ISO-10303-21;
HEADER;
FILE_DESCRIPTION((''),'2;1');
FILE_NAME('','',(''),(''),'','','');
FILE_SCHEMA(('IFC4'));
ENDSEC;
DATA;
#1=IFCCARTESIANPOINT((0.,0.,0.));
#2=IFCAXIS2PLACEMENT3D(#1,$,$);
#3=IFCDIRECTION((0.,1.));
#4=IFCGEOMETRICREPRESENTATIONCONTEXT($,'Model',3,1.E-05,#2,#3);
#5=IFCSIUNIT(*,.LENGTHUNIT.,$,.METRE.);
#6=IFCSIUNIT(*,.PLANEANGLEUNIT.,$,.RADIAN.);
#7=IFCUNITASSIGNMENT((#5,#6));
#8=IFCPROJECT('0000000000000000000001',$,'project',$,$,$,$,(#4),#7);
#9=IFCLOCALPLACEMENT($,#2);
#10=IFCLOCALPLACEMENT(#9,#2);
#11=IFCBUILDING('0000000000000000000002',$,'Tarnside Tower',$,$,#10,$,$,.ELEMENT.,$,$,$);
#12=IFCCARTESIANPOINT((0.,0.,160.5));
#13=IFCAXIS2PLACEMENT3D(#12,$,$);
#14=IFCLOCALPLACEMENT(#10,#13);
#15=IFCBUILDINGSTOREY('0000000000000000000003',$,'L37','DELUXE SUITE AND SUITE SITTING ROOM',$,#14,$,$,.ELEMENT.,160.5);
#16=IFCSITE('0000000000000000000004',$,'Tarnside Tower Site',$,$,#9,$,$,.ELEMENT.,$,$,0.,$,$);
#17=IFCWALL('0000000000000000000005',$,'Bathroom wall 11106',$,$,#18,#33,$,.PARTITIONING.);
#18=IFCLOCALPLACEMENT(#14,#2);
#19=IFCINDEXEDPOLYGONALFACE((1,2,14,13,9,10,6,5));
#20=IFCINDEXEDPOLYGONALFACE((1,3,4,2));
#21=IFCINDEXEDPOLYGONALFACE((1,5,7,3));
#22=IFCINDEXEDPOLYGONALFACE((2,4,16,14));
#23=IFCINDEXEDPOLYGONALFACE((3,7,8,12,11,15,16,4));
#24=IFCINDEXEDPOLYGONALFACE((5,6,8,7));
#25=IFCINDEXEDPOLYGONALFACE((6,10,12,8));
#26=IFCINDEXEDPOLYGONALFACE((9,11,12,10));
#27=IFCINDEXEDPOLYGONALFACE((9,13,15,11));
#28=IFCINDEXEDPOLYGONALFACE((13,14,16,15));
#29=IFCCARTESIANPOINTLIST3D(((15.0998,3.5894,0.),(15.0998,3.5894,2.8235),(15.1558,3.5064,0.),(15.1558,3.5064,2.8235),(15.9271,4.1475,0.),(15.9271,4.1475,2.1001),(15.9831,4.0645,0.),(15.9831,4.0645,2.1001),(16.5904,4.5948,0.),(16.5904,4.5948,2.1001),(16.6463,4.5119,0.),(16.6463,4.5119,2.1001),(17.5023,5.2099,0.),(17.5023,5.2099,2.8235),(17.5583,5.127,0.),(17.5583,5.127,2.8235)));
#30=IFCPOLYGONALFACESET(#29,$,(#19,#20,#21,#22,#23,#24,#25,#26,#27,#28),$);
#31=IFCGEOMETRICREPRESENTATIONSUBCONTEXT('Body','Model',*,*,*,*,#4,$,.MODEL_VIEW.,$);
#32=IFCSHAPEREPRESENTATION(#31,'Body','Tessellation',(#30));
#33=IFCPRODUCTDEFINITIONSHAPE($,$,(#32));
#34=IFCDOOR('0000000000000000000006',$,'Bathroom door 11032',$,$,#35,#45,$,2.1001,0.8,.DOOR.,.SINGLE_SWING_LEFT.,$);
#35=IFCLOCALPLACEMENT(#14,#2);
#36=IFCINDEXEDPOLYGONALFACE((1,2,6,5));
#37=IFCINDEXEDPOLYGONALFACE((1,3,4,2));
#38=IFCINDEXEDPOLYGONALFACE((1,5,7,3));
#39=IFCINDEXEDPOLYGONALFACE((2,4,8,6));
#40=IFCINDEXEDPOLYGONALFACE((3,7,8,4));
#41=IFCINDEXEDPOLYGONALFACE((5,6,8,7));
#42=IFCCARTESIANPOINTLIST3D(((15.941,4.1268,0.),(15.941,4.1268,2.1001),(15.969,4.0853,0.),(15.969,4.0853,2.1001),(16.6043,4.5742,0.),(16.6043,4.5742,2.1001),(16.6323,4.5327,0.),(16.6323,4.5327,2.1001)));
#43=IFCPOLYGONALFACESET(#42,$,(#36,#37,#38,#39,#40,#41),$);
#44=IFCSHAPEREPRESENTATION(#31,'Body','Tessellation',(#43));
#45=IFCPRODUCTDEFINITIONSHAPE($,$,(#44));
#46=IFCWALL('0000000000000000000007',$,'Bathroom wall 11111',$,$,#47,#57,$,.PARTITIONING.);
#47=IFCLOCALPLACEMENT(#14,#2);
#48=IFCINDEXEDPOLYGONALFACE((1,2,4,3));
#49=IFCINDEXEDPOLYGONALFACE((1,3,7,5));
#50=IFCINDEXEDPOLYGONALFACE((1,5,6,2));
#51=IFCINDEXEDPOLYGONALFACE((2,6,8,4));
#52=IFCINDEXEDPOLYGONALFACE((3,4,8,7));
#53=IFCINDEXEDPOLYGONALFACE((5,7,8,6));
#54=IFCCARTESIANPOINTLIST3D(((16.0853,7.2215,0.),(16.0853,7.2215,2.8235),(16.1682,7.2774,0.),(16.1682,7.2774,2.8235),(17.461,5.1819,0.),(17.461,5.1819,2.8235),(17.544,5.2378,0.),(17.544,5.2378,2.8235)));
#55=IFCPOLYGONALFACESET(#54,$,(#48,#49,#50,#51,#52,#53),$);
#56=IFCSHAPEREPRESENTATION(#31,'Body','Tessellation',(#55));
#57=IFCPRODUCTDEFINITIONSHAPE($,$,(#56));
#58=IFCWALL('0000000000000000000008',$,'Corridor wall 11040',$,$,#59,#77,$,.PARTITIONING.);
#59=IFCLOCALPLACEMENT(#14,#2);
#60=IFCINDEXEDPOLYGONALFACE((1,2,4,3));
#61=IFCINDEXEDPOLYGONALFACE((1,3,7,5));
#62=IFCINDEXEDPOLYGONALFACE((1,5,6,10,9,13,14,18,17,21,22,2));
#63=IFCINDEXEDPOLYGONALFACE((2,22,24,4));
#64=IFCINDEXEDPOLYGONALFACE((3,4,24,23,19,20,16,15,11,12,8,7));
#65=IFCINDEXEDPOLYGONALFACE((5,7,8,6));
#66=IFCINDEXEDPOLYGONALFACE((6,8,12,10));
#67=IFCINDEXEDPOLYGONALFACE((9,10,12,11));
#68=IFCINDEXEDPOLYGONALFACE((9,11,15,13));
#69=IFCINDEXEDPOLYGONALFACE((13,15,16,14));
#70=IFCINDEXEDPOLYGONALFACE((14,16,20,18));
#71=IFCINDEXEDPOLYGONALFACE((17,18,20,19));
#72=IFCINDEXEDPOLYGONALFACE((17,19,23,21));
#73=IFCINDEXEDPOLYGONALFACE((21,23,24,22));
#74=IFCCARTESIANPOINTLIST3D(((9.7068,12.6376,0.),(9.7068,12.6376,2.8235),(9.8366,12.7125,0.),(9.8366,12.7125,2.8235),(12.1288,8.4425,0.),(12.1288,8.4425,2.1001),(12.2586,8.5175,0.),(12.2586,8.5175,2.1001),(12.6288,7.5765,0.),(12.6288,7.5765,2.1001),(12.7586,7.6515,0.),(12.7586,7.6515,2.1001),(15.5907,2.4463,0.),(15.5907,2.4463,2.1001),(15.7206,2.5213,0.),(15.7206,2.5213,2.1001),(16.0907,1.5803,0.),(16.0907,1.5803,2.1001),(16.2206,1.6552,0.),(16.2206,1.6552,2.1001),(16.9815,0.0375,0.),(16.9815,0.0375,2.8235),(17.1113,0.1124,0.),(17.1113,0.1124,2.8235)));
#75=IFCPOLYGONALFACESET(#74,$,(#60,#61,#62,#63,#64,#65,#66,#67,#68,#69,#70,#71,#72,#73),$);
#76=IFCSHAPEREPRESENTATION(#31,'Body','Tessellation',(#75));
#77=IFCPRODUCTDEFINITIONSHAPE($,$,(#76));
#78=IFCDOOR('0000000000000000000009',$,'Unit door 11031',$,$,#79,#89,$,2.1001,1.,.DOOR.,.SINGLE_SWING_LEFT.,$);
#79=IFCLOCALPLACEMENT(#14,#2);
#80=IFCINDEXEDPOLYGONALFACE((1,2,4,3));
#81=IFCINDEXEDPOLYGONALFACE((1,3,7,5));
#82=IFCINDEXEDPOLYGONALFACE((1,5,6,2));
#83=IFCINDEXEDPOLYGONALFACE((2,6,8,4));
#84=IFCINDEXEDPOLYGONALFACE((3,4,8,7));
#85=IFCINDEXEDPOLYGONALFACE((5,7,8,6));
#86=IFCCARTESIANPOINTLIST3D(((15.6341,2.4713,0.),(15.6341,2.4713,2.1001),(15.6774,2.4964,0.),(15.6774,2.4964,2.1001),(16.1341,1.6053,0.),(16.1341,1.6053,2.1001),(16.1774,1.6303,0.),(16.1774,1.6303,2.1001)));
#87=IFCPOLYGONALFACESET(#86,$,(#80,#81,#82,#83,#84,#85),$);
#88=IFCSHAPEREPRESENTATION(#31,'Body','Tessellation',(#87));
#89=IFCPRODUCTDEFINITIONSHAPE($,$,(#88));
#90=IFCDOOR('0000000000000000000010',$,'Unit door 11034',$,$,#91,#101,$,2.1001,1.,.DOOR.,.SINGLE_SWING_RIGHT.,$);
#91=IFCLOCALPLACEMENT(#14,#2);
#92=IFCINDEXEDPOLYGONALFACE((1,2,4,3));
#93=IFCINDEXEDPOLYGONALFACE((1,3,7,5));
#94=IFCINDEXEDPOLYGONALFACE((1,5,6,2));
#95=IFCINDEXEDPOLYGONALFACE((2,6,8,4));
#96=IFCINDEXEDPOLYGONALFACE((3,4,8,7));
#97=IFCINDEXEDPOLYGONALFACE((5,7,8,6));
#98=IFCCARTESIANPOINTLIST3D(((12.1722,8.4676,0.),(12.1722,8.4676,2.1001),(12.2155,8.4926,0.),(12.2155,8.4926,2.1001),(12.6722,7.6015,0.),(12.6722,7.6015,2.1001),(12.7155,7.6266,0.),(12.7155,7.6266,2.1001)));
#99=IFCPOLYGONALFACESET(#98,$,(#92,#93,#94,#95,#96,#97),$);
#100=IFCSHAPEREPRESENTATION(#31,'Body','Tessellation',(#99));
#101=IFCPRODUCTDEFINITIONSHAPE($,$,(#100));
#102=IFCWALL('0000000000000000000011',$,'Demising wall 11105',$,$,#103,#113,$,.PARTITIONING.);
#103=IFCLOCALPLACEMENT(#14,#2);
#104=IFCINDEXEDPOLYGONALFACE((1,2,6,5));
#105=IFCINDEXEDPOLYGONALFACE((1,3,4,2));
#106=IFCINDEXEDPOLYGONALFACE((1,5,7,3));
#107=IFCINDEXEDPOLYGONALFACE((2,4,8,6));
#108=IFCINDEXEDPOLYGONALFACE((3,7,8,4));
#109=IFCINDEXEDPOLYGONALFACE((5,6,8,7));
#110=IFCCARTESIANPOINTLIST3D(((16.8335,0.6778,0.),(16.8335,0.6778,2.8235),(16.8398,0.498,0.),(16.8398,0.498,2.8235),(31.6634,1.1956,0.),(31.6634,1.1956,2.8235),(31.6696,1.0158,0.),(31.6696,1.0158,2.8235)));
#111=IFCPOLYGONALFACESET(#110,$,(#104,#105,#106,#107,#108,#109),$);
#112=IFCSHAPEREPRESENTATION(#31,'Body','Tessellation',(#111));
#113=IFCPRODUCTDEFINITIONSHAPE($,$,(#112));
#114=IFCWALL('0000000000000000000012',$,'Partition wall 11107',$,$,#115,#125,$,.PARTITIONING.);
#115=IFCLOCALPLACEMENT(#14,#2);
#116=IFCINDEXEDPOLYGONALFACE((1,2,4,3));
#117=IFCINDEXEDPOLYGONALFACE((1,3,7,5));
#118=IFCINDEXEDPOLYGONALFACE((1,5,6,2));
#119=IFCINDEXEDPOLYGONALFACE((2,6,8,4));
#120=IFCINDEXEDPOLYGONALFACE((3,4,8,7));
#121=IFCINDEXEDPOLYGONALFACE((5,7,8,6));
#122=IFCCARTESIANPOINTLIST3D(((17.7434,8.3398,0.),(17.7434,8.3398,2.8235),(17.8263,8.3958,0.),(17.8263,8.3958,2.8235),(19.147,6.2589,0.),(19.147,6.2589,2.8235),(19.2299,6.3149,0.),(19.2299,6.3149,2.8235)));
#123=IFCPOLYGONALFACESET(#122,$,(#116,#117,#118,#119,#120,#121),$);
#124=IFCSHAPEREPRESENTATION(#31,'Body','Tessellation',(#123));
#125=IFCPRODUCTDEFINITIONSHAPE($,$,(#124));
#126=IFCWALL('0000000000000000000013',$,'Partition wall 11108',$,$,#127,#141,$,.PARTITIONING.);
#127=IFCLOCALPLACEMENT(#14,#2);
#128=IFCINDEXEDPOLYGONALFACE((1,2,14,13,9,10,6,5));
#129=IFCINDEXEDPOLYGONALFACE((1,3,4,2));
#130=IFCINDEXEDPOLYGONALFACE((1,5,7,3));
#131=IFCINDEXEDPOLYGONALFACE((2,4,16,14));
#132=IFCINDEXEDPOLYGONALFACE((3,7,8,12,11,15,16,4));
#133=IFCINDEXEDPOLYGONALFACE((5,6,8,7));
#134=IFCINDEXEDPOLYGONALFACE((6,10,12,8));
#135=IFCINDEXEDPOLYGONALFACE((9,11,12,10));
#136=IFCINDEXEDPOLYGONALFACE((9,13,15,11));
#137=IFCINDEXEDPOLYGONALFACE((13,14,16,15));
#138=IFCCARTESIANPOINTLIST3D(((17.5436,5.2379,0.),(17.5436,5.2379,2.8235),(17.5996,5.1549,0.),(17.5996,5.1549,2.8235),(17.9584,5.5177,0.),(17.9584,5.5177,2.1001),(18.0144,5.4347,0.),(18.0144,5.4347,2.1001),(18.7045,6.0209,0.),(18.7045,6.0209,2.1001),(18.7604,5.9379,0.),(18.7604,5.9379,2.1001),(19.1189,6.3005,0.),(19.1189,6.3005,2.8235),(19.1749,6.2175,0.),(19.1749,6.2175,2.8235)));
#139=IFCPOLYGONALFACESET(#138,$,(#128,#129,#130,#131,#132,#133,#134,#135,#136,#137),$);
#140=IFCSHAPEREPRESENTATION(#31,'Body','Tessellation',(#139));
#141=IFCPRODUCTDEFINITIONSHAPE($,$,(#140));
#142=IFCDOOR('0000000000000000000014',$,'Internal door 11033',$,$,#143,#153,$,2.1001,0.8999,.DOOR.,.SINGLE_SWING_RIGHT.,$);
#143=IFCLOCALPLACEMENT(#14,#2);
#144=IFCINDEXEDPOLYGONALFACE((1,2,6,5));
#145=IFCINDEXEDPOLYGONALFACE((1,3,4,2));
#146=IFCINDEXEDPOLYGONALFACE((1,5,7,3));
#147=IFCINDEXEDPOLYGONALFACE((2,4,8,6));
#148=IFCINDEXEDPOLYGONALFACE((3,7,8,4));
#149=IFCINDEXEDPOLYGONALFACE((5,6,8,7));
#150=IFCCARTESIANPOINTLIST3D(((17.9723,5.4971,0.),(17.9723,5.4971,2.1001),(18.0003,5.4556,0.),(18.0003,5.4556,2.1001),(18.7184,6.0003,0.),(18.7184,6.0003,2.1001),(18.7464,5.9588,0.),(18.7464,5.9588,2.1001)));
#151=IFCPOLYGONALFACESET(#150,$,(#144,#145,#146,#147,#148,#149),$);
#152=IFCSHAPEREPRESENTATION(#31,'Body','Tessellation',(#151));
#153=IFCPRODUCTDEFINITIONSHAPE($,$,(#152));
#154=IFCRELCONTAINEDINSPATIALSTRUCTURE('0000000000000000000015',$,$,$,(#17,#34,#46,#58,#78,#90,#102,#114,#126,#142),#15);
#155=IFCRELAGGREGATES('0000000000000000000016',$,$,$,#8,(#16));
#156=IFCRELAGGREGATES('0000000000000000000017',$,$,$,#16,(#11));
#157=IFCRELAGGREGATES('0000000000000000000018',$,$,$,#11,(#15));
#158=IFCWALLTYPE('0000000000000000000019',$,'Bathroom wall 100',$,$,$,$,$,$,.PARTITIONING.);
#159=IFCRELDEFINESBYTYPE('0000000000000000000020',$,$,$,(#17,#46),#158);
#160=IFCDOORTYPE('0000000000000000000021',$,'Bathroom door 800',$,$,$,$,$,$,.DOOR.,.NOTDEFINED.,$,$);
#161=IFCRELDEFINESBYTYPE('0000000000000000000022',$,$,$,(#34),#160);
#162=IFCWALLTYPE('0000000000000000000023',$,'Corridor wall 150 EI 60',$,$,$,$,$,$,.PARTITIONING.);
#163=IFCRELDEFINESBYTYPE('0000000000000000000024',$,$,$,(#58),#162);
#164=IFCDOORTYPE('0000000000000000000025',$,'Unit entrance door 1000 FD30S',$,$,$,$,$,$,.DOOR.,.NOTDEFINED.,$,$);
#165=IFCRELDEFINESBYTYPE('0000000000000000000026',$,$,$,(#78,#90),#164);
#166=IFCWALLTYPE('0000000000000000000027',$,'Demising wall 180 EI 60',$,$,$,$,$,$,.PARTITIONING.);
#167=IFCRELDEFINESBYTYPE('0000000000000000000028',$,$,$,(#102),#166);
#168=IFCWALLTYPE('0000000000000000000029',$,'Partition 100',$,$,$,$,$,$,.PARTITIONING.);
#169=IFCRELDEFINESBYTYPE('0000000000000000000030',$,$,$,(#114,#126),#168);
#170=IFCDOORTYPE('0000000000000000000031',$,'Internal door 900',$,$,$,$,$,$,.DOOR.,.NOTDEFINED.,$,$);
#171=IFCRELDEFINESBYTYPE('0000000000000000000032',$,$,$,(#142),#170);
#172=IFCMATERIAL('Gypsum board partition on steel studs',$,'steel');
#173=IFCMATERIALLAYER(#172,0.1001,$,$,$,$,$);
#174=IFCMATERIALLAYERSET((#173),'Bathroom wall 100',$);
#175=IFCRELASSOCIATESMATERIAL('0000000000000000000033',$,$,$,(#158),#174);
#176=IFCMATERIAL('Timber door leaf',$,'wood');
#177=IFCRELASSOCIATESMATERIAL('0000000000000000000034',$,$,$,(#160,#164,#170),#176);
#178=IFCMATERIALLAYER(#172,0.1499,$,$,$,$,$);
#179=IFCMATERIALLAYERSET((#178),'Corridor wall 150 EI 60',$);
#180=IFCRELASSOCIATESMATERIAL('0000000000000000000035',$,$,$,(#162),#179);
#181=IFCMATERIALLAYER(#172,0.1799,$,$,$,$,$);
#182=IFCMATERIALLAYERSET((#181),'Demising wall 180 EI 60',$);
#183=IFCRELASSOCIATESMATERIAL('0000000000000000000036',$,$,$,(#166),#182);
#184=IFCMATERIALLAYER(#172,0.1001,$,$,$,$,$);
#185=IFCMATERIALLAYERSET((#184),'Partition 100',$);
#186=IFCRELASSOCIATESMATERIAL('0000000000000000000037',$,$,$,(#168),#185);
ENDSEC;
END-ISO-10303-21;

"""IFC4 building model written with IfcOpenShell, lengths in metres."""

from ifc_helpers import new_model, si_unit, direction, frame, frame_2d, origin, place, context, subcontext, project, spatial, rectangle, extrude, material, layer, layer_set, type_object, element, fill, save


model = new_model("IFC4")

# Units and contexts
model_context = context("Model", 3, precision=1e-05, world=origin(), true_north=direction((0.0, 1.0)))
body_context = subcontext(model_context, "Body", "Model", "MODEL_VIEW")
ifc_project = project(units=[si_unit("LENGTHUNIT", "METRE"), si_unit("PLANEANGLEUNIT", "RADIAN")], contexts=[model_context])

# Site, building, storey
site_placement = place(None, origin())
site = spatial("IfcSite", under=ifc_project, at=site_placement, Name="Tarnside Tower Site", CompositionType="ELEMENT", RefElevation=0.0)
building_placement = place(site_placement, origin())
building = spatial("IfcBuilding", under=site, at=building_placement, Name="Tarnside Tower", CompositionType="ELEMENT")
storey_placement = place(building_placement, frame((0.0, 0.0, 160.5)))
storey = spatial("IfcBuildingStorey", under=building, at=storey_placement, Name="L37", Description="DELUXE SUITE AND SUITE SITTING ROOM", CompositionType="ELEMENT", Elevation=160.5)

# Wall, opening, door
ifc_material_1 = material(Name="Gypsum board partition on steel studs", Category="steel")
ifc_layer_1 = layer(ifc_material_1, 0.1001)
ifc_layer_set_1 = layer_set([ifc_layer_1], Name="Bathroom wall 100")
wall_type_1 = type_object("IfcWallType", Name="Bathroom wall 100", PredefinedType="PARTITIONING", material=ifc_layer_set_1)
wall_1_placement = place(storey_placement, frame((17.5303, 5.1685, 0.0), z_axis=(0.0, 0.0, 1.0), x_axis=(-0.829031, -0.559202, 0.0)))
wall_1 = element("IfcWall", 1, at=wall_1_placement, inside=storey, type_object=wall_type_1, Name="Bathroom wall 11106", PredefinedType="PARTITIONING", context=body_context, shape_type="SweptSolid", body=[
    extrude(rectangle(XDim=2.8979, YDim=0.1001, at=frame_2d((1.449, 0.0))), origin(), (0.0, 0.0, 1.0), 2.8235),
])
opening_1_placement = place(wall_1_placement, frame((1.1001, 0.0, 0.0)))
opening_1 = element("IfcOpeningElement", 2, at=opening_1_placement, cuts=wall_1, PredefinedType="OPENING", context=body_context, shape_type="SweptSolid", body=[
    extrude(rectangle(XDim=0.8, YDim=2.1001, at=frame_2d((0.3999, 1.05))), frame((0.0, 0.0601, 0.0), z_axis=(0.0, -1.0, 0.0), x_axis=(1.0, 0.0, 0.0)), (0.0, 0.0, 1.0), 0.1201),
])
ifc_material_2 = material(Name="Timber door leaf", Category="wood")
door_type_1 = type_object("IfcDoorType", Name="Bathroom door 800", OperationType="NOTDEFINED", PredefinedType="DOOR", material=ifc_material_2)
door_1_placement = place(opening_1_placement, origin())
door_1 = element("IfcDoor", 3, at=door_1_placement, inside=storey, type_object=door_type_1, Name="Bathroom door 11032", OperationType="SINGLE_SWING_LEFT", OverallHeight=2.1001, OverallWidth=0.8, PredefinedType="DOOR", context=body_context, shape_type="SweptSolid", body=[
    extrude(rectangle(XDim=0.8, YDim=2.1001, at=frame_2d((0.3999, 1.05))), frame((0.0, 0.0249, 0.0), z_axis=(0.0, -1.0, 0.0), x_axis=(1.0, 0.0, 0.0)), (0.0, 0.0, 1.0), 0.05),
])
fill(opening_1, door_1)

# Wall
wall_2_placement = place(storey_placement, frame((17.5024, 5.21, 0.0), z_axis=(0.0, 0.0, 1.0), x_axis=(-0.559204, 0.82903, 0.0)))
element("IfcWall", 4, at=wall_2_placement, inside=storey, type_object=wall_type_1, Name="Bathroom wall 11111", PredefinedType="PARTITIONING", context=body_context, shape_type="SweptSolid", body=[
    extrude(rectangle(XDim=2.4602, YDim=0.1001, at=frame_2d((1.23, 0.0))), origin(), (0.0, 0.0, 1.0), 2.8235),
])

# Wall, openings, doors
ifc_layer_2 = layer(ifc_material_1, 0.1499)
ifc_layer_set_2 = layer_set([ifc_layer_2], Name="Corridor wall 150 EI 60")
wall_type_2 = type_object("IfcWallType", Name="Corridor wall 150 EI 60", PredefinedType="PARTITIONING", material=ifc_layer_set_2)
wall_3_placement = place(storey_placement, frame((17.0464, 0.075, 0.0), z_axis=(0.0, 0.0, 1.0), x_axis=(-0.499999, 0.866026, 0.0)))
wall_3 = element("IfcWall", 5, at=wall_3_placement, inside=storey, type_object=wall_type_2, Name="Corridor wall 11040", PredefinedType="PARTITIONING", context=body_context, shape_type="SweptSolid", body=[
    extrude(rectangle(XDim=14.5493, YDim=0.1499, at=frame_2d((7.2747, 0.0))), origin(), (0.0, 0.0, 1.0), 2.8235),
])
opening_2_placement = place(wall_3_placement, frame((1.7815, 0.0, 0.0)))
opening_2 = element("IfcOpeningElement", 6, at=opening_2_placement, cuts=wall_3, PredefinedType="OPENING", context=body_context, shape_type="SweptSolid", body=[
    extrude(rectangle(XDim=1.0, YDim=2.1001, at=frame_2d((0.5, 1.05))), frame((0.0, 0.085, 0.0), z_axis=(0.0, -1.0, 0.0), x_axis=(1.0, 0.0, 0.0)), (0.0, 0.0, 1.0), 0.1699),
])
opening_3_placement = place(wall_3_placement, frame((8.7053, 0.0, 0.0)))
opening_3 = element("IfcOpeningElement", 7, at=opening_3_placement, cuts=wall_3, PredefinedType="OPENING", context=body_context, shape_type="SweptSolid", body=[
    extrude(rectangle(XDim=1.0, YDim=2.1001, at=frame_2d((0.5, 1.05))), frame((0.0, 0.085, 0.0), z_axis=(0.0, -1.0, 0.0), x_axis=(1.0, 0.0, 0.0)), (0.0, 0.0, 1.0), 0.1699),
])
door_type_2 = type_object("IfcDoorType", Name="Unit entrance door 1000 FD30S", OperationType="NOTDEFINED", PredefinedType="DOOR", material=ifc_material_2)
door_2_placement = place(opening_2_placement, origin())
door_2 = element("IfcDoor", 8, at=door_2_placement, inside=storey, type_object=door_type_2, Name="Unit door 11031", OperationType="SINGLE_SWING_LEFT", OverallHeight=2.1001, OverallWidth=1.0, PredefinedType="DOOR", context=body_context, shape_type="SweptSolid", body=[
    extrude(rectangle(XDim=1.0, YDim=2.1001, at=frame_2d((0.5, 1.05))), frame((0.0, 0.0249, 0.0), z_axis=(0.0, -1.0, 0.0), x_axis=(1.0, 0.0, 0.0)), (0.0, 0.0, 1.0), 0.05),
])
fill(opening_2, door_2)
door_3_placement = place(opening_3_placement, origin())
door_3 = element("IfcDoor", 9, at=door_3_placement, inside=storey, type_object=door_type_2, Name="Unit door 11034", OperationType="SINGLE_SWING_RIGHT", OverallHeight=2.1001, OverallWidth=1.0, PredefinedType="DOOR", context=body_context, shape_type="SweptSolid", body=[
    extrude(rectangle(XDim=1.0, YDim=2.1001, at=frame_2d((0.5, 1.05))), frame((0.0, 0.0249, 0.0), z_axis=(0.0, -1.0, 0.0), x_axis=(1.0, 0.0, 0.0)), (0.0, 0.0, 1.0), 0.05),
])
fill(opening_3, door_3)

# Walls
ifc_layer_3 = layer(ifc_material_1, 0.1799)
ifc_layer_set_3 = layer_set([ifc_layer_3], Name="Demising wall 180 EI 60")
wall_type_3 = type_object("IfcWallType", Name="Demising wall 180 EI 60", PredefinedType="PARTITIONING", material=ifc_layer_set_3)
wall_4_placement = place(storey_placement, frame((31.6665, 1.1057, 0.0), z_axis=(0.0, 0.0, 1.0), x_axis=(-0.999391, -0.034896, 0.0)))
element("IfcWall", 10, at=wall_4_placement, inside=storey, type_object=wall_type_3, Name="Demising wall 11105", PredefinedType="PARTITIONING", context=body_context, shape_type="SweptSolid", body=[
    extrude(rectangle(XDim=14.8389, YDim=0.1799, at=frame_2d((7.4194, 0.0))), origin(), (0.0, 0.0, 1.0), 2.8235),
])
ifc_layer_4 = layer(ifc_material_1, 0.1001)
ifc_layer_set_4 = layer_set([ifc_layer_4], Name="Partition 100")
wall_type_4 = type_object("IfcWallType", Name="Partition 100", PredefinedType="PARTITIONING", material=ifc_layer_set_4)
wall_5_placement = place(storey_placement, frame((17.7849, 8.3677, 0.0), z_axis=(0.0, 0.0, 1.0), x_axis=(0.559204, -0.82903, 0.0)))
element("IfcWall", 11, at=wall_5_placement, inside=storey, type_object=wall_type_4, Name="Partition wall 11107", PredefinedType="PARTITIONING", context=body_context, shape_type="SweptSolid", body=[
    extrude(rectangle(XDim=2.51, YDim=0.1001, at=frame_2d((1.2549, 0.0))), origin(), (0.0, 0.0, 1.0), 2.8235),
])

# Wall, opening, door
wall_6_placement = place(storey_placement, frame((19.147, 6.259, 0.0), z_axis=(0.0, 0.0, 1.0), x_axis=(-0.829033, -0.559199, 0.0)))
wall_6 = element("IfcWall", 12, at=wall_6_placement, inside=storey, type_object=wall_type_4, Name="Partition wall 11108", PredefinedType="PARTITIONING", context=body_context, shape_type="SweptSolid", body=[
    extrude(rectangle(XDim=1.9001, YDim=0.1001, at=frame_2d((0.9502, 0.0))), origin(), (0.0, 0.0, 1.0), 2.8235),
])
opening_4_placement = place(wall_6_placement, frame((0.5, 0.0, 0.0)))
opening_4 = element("IfcOpeningElement", 13, at=opening_4_placement, cuts=wall_6, PredefinedType="OPENING", context=body_context, shape_type="SweptSolid", body=[
    extrude(rectangle(XDim=0.8999, YDim=2.1001, at=frame_2d((0.45, 1.05))), frame((0.0, 0.0601, 0.0), z_axis=(0.0, -1.0, 0.0), x_axis=(1.0, 0.0, 0.0)), (0.0, 0.0, 1.0), 0.1201),
])
door_type_3 = type_object("IfcDoorType", Name="Internal door 900", OperationType="NOTDEFINED", PredefinedType="DOOR", material=ifc_material_2)
door_4_placement = place(opening_4_placement, origin())
door_4 = element("IfcDoor", 14, at=door_4_placement, inside=storey, type_object=door_type_3, Name="Internal door 11033", OperationType="SINGLE_SWING_RIGHT", OverallHeight=2.1001, OverallWidth=0.8999, PredefinedType="DOOR", context=body_context, shape_type="SweptSolid", body=[
    extrude(rectangle(XDim=0.8999, YDim=2.1001, at=frame_2d((0.45, 1.05))), frame((0.0, 0.0249, 0.0), z_axis=(0.0, -1.0, 0.0), x_axis=(1.0, 0.0, 0.0)), (0.0, 0.0, 1.0), 0.05),
])
fill(opening_4, door_4)

save(model, "model.ifc")
